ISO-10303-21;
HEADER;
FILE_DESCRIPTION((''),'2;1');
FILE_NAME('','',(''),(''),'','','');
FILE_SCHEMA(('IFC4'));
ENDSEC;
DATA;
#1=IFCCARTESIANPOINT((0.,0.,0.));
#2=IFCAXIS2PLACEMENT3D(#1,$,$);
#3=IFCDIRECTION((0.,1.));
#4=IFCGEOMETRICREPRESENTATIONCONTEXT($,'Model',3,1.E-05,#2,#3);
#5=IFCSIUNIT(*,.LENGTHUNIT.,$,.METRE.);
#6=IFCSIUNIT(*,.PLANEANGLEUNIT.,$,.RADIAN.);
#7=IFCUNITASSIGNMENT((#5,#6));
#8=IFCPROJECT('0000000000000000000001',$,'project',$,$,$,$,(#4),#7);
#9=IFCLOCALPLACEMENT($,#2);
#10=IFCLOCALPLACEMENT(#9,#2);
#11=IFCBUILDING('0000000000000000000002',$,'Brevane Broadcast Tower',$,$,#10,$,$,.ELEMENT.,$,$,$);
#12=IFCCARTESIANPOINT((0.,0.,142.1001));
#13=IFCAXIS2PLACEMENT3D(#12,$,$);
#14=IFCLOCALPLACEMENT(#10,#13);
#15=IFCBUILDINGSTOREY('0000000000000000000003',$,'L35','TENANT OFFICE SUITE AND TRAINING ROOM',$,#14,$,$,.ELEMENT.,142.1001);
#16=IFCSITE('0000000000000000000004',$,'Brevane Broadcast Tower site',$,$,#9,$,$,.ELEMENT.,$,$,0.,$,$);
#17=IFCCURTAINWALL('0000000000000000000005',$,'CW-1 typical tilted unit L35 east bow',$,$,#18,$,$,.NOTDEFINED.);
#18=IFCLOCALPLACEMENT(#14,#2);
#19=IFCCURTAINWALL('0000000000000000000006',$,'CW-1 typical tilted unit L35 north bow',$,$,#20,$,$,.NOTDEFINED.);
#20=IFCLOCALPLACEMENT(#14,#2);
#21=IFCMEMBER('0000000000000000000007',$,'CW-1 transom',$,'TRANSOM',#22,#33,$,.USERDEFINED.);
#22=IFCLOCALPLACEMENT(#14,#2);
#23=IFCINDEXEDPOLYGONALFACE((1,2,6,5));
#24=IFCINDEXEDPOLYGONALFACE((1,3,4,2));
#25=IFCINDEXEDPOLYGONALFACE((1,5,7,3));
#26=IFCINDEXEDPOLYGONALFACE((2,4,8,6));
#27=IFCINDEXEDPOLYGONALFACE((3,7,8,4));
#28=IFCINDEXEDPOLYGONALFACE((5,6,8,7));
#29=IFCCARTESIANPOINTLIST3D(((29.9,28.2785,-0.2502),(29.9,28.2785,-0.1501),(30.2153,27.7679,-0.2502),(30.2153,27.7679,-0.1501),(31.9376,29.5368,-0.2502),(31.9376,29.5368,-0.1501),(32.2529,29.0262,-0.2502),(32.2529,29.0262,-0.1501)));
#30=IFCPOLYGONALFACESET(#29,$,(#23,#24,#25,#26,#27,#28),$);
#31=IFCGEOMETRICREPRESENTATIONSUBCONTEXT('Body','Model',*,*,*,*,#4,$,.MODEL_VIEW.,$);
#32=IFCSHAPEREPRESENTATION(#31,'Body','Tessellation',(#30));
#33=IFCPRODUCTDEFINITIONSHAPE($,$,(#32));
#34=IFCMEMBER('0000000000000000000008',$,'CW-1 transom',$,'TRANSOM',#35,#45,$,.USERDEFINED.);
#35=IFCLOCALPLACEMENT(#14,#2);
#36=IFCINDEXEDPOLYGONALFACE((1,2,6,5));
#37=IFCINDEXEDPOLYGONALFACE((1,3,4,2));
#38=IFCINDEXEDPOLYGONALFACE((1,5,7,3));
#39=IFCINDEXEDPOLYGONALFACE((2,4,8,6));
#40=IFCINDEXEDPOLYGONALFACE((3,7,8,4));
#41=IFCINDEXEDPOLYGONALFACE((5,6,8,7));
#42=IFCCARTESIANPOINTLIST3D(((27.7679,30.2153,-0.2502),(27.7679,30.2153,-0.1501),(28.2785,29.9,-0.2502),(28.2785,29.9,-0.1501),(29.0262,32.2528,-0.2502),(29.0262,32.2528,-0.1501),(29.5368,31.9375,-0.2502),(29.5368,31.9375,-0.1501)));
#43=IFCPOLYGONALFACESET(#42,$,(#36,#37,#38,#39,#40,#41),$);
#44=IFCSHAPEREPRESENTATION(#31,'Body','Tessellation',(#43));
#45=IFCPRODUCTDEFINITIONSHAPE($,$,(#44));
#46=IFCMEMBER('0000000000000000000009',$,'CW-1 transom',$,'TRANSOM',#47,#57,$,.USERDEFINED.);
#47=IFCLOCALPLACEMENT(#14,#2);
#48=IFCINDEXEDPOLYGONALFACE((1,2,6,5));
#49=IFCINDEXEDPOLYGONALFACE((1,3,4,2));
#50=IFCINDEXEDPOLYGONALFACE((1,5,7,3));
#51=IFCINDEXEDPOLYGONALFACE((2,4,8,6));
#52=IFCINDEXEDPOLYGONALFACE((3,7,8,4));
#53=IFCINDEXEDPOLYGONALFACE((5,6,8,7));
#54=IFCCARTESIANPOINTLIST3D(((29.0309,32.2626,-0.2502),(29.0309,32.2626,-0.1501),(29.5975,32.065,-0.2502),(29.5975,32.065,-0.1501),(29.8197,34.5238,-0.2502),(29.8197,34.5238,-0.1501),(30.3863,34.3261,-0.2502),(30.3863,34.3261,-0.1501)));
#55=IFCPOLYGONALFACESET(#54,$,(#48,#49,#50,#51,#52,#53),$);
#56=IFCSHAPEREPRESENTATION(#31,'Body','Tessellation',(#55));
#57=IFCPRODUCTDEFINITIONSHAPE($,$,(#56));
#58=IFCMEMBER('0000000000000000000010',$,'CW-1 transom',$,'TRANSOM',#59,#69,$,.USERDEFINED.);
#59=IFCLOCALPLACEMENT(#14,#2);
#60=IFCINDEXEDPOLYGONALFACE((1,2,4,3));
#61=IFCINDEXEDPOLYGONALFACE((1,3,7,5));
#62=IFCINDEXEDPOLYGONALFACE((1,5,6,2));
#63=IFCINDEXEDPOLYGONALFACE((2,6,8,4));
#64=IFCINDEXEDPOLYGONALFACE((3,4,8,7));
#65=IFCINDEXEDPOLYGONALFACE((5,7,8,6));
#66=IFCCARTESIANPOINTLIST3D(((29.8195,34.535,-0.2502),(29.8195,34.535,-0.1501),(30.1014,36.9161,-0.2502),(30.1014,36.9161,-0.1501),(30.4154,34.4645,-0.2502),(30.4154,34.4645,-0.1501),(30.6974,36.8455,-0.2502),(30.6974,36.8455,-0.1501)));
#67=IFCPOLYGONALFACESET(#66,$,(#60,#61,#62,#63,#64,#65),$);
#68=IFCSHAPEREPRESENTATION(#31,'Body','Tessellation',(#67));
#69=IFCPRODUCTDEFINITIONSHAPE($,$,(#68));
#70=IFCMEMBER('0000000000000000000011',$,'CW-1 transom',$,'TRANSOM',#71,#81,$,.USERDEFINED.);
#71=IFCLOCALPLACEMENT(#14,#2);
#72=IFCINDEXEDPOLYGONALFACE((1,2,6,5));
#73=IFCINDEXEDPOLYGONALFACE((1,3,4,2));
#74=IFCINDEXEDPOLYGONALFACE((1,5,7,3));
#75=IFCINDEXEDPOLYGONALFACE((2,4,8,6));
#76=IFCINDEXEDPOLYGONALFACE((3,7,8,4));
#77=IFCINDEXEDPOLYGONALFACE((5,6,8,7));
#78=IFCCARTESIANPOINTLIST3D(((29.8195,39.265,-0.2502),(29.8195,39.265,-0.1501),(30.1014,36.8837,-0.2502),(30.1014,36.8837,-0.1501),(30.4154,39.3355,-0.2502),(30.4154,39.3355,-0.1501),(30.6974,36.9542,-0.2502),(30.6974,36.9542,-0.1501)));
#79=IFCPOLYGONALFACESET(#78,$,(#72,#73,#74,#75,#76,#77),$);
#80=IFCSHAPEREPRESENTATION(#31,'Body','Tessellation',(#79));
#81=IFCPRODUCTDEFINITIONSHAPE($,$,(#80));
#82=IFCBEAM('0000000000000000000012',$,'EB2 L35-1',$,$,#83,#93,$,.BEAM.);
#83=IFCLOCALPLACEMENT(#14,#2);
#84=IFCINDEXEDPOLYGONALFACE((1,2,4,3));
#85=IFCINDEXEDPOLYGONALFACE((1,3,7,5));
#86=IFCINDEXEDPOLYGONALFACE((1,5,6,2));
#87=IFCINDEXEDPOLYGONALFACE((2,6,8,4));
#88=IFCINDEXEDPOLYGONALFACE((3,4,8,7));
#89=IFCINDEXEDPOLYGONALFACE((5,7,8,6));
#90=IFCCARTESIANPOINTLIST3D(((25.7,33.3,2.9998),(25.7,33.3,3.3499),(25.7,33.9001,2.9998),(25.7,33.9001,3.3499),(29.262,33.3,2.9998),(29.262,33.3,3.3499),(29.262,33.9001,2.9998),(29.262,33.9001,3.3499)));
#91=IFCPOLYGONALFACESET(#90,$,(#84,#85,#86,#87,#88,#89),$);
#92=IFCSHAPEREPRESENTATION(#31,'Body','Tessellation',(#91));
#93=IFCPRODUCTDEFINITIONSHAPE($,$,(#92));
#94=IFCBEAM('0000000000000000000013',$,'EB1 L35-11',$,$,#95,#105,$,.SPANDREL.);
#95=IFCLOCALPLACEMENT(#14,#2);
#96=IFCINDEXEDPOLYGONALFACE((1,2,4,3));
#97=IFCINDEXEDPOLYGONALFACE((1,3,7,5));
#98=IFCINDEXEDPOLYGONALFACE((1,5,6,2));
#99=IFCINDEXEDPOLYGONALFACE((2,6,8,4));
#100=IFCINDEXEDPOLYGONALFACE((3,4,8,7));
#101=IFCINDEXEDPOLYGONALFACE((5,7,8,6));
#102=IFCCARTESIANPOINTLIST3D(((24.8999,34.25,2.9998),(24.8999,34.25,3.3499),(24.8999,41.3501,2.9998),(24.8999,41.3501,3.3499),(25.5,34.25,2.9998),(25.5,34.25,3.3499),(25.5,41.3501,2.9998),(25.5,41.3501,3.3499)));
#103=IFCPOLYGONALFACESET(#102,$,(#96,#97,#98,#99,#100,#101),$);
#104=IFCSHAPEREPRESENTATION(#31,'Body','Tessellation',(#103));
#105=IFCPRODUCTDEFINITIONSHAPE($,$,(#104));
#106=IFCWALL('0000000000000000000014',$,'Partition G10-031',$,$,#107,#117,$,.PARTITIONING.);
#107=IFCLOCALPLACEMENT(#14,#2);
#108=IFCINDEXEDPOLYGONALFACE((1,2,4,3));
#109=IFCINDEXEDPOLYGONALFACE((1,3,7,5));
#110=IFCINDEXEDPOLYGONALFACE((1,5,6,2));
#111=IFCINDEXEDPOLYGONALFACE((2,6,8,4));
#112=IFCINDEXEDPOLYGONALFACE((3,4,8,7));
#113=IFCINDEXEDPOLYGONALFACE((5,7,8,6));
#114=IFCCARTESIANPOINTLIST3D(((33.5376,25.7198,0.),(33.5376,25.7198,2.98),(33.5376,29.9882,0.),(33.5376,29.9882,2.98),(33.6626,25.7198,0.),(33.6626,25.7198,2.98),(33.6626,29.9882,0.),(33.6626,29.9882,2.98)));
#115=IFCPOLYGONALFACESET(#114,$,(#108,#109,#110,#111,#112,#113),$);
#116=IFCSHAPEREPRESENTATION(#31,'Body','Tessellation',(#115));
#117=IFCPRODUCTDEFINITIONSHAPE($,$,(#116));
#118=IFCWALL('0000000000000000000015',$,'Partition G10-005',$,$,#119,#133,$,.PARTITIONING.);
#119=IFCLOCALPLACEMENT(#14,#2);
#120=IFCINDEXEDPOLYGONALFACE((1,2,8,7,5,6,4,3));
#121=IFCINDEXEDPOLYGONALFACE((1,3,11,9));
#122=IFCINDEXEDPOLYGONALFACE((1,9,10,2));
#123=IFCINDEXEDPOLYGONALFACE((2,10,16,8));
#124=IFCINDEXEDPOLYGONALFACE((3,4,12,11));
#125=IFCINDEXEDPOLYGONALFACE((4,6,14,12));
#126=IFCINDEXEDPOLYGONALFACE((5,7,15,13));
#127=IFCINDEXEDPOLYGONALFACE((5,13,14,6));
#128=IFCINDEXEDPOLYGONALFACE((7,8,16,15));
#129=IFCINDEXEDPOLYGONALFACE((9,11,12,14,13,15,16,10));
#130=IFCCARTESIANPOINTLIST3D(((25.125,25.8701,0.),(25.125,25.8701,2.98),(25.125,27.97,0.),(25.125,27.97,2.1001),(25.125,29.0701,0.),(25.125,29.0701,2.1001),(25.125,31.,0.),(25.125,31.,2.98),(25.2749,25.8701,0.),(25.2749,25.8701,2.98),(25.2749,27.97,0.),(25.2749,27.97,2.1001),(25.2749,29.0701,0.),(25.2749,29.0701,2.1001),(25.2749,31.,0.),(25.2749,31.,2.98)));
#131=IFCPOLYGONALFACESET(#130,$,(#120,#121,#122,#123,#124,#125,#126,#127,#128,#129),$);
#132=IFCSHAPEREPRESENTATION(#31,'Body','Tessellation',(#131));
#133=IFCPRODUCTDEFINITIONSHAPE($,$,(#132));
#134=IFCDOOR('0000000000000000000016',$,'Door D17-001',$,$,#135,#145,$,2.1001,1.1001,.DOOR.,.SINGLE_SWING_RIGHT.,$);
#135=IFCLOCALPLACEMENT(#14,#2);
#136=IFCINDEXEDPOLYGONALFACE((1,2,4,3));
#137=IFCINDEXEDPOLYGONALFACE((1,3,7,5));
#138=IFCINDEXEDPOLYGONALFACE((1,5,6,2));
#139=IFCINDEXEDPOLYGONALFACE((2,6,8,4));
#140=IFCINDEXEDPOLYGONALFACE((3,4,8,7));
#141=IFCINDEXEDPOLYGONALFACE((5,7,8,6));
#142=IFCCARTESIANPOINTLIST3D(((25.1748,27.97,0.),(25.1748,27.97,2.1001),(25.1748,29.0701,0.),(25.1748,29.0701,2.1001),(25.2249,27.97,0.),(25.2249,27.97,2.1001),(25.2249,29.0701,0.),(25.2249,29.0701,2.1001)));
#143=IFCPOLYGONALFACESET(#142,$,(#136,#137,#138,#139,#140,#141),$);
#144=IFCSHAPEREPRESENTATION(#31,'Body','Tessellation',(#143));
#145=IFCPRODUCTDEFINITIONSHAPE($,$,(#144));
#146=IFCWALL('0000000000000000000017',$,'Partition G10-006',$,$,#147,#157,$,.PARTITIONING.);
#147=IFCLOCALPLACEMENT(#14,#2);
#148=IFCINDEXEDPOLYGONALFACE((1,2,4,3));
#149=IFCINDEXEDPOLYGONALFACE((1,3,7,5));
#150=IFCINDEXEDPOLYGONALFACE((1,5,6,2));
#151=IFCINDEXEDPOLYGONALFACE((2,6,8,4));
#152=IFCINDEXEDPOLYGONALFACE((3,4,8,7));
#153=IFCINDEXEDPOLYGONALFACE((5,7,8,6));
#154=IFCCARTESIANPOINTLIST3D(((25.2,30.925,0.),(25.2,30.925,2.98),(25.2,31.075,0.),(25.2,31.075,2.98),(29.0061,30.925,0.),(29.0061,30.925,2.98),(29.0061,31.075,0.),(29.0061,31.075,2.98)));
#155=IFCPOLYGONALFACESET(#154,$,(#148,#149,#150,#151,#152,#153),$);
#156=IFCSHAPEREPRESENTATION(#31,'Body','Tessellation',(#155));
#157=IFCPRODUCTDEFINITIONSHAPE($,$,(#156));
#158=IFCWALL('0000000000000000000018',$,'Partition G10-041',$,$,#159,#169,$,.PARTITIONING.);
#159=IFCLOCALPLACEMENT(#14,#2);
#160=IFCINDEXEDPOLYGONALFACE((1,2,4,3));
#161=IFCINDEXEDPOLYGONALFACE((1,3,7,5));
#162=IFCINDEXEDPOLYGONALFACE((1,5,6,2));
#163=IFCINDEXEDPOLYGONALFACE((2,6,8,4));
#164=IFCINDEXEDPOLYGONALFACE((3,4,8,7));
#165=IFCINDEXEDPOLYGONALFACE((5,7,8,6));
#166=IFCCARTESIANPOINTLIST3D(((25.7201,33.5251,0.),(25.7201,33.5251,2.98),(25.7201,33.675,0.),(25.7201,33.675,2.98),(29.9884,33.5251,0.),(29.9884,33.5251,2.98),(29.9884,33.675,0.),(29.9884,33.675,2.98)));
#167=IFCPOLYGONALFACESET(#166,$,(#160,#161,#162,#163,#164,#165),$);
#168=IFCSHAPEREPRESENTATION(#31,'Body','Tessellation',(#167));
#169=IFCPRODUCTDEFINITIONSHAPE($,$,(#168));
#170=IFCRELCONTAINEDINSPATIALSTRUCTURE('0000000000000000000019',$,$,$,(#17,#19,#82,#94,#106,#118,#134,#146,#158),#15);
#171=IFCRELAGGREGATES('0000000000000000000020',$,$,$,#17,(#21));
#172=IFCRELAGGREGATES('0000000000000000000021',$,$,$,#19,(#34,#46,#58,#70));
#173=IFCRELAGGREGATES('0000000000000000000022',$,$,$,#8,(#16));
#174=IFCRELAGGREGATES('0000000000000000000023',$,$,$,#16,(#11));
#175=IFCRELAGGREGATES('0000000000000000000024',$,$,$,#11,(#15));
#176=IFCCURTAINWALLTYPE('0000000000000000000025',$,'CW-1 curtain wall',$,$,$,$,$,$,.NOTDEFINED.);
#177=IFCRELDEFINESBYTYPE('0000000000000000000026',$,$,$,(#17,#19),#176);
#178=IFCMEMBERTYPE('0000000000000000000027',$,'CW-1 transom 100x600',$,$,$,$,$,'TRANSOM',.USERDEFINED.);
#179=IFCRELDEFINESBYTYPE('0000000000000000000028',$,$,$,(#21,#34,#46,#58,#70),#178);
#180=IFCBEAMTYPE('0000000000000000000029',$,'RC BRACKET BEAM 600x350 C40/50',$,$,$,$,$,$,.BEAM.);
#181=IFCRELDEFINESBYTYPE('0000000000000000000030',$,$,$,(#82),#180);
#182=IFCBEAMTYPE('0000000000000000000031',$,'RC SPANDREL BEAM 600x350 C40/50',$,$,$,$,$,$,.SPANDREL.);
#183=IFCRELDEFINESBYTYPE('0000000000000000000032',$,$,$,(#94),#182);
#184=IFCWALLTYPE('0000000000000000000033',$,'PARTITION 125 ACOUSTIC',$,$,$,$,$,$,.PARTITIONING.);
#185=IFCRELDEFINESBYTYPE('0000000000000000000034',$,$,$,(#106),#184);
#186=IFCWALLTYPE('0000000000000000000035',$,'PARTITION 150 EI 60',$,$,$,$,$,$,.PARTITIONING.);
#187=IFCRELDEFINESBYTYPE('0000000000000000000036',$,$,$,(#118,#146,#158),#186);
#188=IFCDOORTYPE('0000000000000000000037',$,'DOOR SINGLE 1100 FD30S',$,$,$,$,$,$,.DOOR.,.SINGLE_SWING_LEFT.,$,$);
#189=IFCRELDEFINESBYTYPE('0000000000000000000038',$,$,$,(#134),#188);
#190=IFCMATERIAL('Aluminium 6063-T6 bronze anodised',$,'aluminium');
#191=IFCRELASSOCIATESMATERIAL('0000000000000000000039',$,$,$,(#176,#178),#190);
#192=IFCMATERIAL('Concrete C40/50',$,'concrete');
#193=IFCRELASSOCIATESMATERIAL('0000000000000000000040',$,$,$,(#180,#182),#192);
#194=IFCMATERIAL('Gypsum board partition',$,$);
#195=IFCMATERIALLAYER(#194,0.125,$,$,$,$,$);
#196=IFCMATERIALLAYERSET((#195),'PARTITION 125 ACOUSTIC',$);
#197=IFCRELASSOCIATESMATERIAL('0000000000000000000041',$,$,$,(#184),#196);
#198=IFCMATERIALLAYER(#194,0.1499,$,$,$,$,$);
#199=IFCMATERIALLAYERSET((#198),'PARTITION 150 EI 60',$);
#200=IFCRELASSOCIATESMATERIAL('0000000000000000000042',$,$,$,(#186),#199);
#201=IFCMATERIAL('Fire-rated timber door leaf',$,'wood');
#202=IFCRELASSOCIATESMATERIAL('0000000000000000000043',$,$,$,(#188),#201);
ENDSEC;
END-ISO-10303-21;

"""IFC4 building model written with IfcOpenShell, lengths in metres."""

from ifc_helpers import new_model, si_unit, direction, frame, frame_2d, origin, origin_2d, place, context, subcontext, project, spatial, polyline, rectangle, outline, extrude, material, layer, layer_set, material_profile, profile_set, type_object, element, fill, aggregate, save


model = new_model("IFC4")

# Units and contexts
model_context = context("Model", 3, precision=1e-05, world=origin(), true_north=direction((0.0, 1.0)))
body_context = subcontext(model_context, "Body", "Model", "MODEL_VIEW")
ifc_project = project(units=[si_unit("LENGTHUNIT", "METRE"), si_unit("PLANEANGLEUNIT", "RADIAN")], contexts=[model_context])

# Site, building, storey
site_placement = place(None, origin())
site = spatial("IfcSite", under=ifc_project, at=site_placement, Name="Brevane Broadcast Tower site", CompositionType="ELEMENT", RefElevation=0.0)
building_placement = place(site_placement, origin())
building = spatial("IfcBuilding", under=site, at=building_placement, Name="Brevane Broadcast Tower", CompositionType="ELEMENT")
storey_placement = place(building_placement, frame((0.0, 0.0, 142.1001)))
storey = spatial("IfcBuildingStorey", under=building, at=storey_placement, Name="L35", Description="TENANT OFFICE SUITE AND TRAINING ROOM", CompositionType="ELEMENT", Elevation=142.1001)

# Curtain walls
ifc_material_1 = material(Name="Aluminium 6063-T6 bronze anodised", Category="aluminium")
curtain_wall_type = type_object("IfcCurtainWallType", Name="CW-1 curtain wall", PredefinedType="NOTDEFINED", material=ifc_material_1)
curtain_wall_1_placement = place(storey_placement, origin())
curtain_wall_1 = element("IfcCurtainWall", 1, at=curtain_wall_1_placement, inside=storey, type_object=curtain_wall_type, Name="CW-1 typical tilted unit L35 east bow", PredefinedType="NOTDEFINED")
curtain_wall_2_placement = place(storey_placement, origin())
curtain_wall_2 = element("IfcCurtainWall", 2, at=curtain_wall_2_placement, inside=storey, type_object=curtain_wall_type, Name="CW-1 typical tilted unit L35 north bow", PredefinedType="NOTDEFINED")

# Members
ifc_material_profile_1 = material_profile(ifc_material_1, rectangle(XDim=0.6001, YDim=0.1001, at=origin_2d()), Name="RECT 100x600")
ifc_profile_set_1 = profile_set([ifc_material_profile_1], Name="Aluminium 6063-T6 bronze anodised")
member_type_1 = type_object("IfcMemberType", Name="CW-1 transom 100x600", ElementType="TRANSOM", PredefinedType="USERDEFINED", material=ifc_profile_set_1)
member_1_placement = place(storey_placement, frame((32.0952, 29.2815, -0.2002), z_axis=(-0.850838, -0.525428, 0.0), x_axis=(0.525428, -0.850838, 0.0)))
member_1 = element("IfcMember", 3, at=member_1_placement, type_object=member_type_1, Name="CW-1 transom", ObjectType="TRANSOM", PredefinedType="USERDEFINED", context=body_context, shape_type="SweptSolid", body=[
    extrude(rectangle(XDim=0.6001, YDim=0.1001, at=origin_2d()), origin(), (0.0, 0.0, 1.0), 2.3948),
])
aggregate(curtain_wall_1, [member_1])
member_2_placement = place(storey_placement, frame((28.0232, 30.0576, -0.2002), z_axis=(0.525428, 0.850838, 0.0), x_axis=(-0.850838, 0.525428, 0.0)))
member_2 = element("IfcMember", 4, at=member_2_placement, type_object=member_type_1, Name="CW-1 transom", ObjectType="TRANSOM", PredefinedType="USERDEFINED", context=body_context, shape_type="SweptSolid", body=[
    extrude(rectangle(XDim=0.6001, YDim=0.1001, at=origin_2d()), origin(), (0.0, 0.0, 1.0), 2.3948),
])
member_3_placement = place(storey_placement, frame((29.3142, 32.1638, -0.2002), z_axis=(0.329378, 0.944198, 0.0), x_axis=(-0.944198, 0.329378, 0.0)))
member_3 = element("IfcMember", 5, at=member_3_placement, type_object=member_type_1, Name="CW-1 transom", ObjectType="TRANSOM", PredefinedType="USERDEFINED", context=body_context, shape_type="SweptSolid", body=[
    extrude(rectangle(XDim=0.6001, YDim=0.1001, at=origin_2d()), origin(), (0.0, 0.0, 1.0), 2.3948),
])
member_4_placement = place(storey_placement, frame((30.1174, 34.4998, -0.2002), z_axis=(0.117603, 0.993061, 0.0), x_axis=(-0.993061, 0.117603, 0.0)))
member_4 = element("IfcMember", 6, at=member_4_placement, type_object=member_type_1, Name="CW-1 transom", ObjectType="TRANSOM", PredefinedType="USERDEFINED", context=body_context, shape_type="SweptSolid", body=[
    extrude(rectangle(XDim=0.6001, YDim=0.1001, at=origin_2d()), origin(), (0.0, 0.0, 1.0), 2.3977),
])
member_5_placement = place(storey_placement, frame((30.3994, 36.9189, -0.2002), z_axis=(-0.117591, 0.993062, 0.0), x_axis=(-0.993062, -0.117591, 0.0)))
member_5 = element("IfcMember", 7, at=member_5_placement, type_object=member_type_1, Name="CW-1 transom", ObjectType="TRANSOM", PredefinedType="USERDEFINED", context=body_context, shape_type="SweptSolid", body=[
    extrude(rectangle(XDim=0.6001, YDim=0.1001, at=origin_2d()), origin(), (0.0, 0.0, 1.0), 2.3979),
])
aggregate(curtain_wall_2, [member_2, member_3, member_4, member_5])

# Beams
ifc_material_2 = material(Name="Concrete C40/50", Category="concrete")
ifc_material_profile_2 = material_profile(ifc_material_2, rectangle(XDim=0.6001, YDim=0.3501, at=origin_2d()), Name="RC 600x350")
ifc_profile_set_2 = profile_set([ifc_material_profile_2], Name="Concrete C40/50")
beam_type_1 = type_object("IfcBeamType", Name="RC BRACKET BEAM 600x350 C40/50", PredefinedType="BEAM", material=ifc_profile_set_2)
beam_1_placement = place(storey_placement, frame((25.7, 33.6001, 3.1748), z_axis=(1.0, 0.0, 0.0), x_axis=(0.0, 1.0, 0.0)))
element("IfcBeam", 8, at=beam_1_placement, inside=storey, type_object=beam_type_1, Name="EB2 L35-1", PredefinedType="BEAM", context=body_context, shape_type="SweptSolid", body=[
    extrude(rectangle(XDim=0.6001, YDim=0.3501, at=origin_2d()), origin(), (0.0, 0.0, 1.0), 3.562),
])
ifc_material_profile_3 = material_profile(ifc_material_2, rectangle(XDim=0.6001, YDim=0.3501, at=origin_2d()), Name="RC 600x350")
ifc_profile_set_3 = profile_set([ifc_material_profile_3], Name="Concrete C40/50")
beam_type_2 = type_object("IfcBeamType", Name="RC SPANDREL BEAM 600x350 C40/50", PredefinedType="SPANDREL", material=ifc_profile_set_3)
beam_2_placement = place(storey_placement, frame((25.2, 34.25, 3.1748), z_axis=(0.0, 1.0, 0.0), x_axis=(-1.0, 0.0, 0.0)))
element("IfcBeam", 9, at=beam_2_placement, inside=storey, type_object=beam_type_2, Name="EB1 L35-11", PredefinedType="SPANDREL", context=body_context, shape_type="SweptSolid", body=[
    extrude(rectangle(XDim=0.6001, YDim=0.3501, at=origin_2d()), origin(), (0.0, 0.0, 1.0), 7.1001),
])

# Wall
ifc_material_3 = material(Name="Gypsum board partition")
ifc_layer_1 = layer(ifc_material_3, 0.125)
ifc_layer_set_1 = layer_set([ifc_layer_1], Name="PARTITION 125 ACOUSTIC")
wall_type_1 = type_object("IfcWallType", Name="PARTITION 125 ACOUSTIC", PredefinedType="PARTITIONING", material=ifc_layer_set_1)
wall_1_placement = place(storey_placement, frame((33.6001, 29.9883, 0.0), z_axis=(0.0, 0.0, 1.0), x_axis=(0.0, -1.0, 0.0)))
element("IfcWall", 10, at=wall_1_placement, inside=storey, type_object=wall_type_1, Name="Partition G10-031", PredefinedType="PARTITIONING", context=body_context, shape_type="SweptSolid", body=[
    extrude(rectangle(XDim=4.2683, YDim=0.125, at=frame_2d((2.1343, 0.0))), origin(), (0.0, 0.0, 1.0), 2.98),
])

# Wall, opening, door
ifc_layer_2 = layer(ifc_material_3, 0.1499)
ifc_layer_set_2 = layer_set([ifc_layer_2], Name="PARTITION 150 EI 60")
wall_type_2 = type_object("IfcWallType", Name="PARTITION 150 EI 60", PredefinedType="PARTITIONING", material=ifc_layer_set_2)
wall_2_placement = place(storey_placement, frame((25.2, 31.0, 0.0), z_axis=(0.0, 0.0, 1.0), x_axis=(0.0, -1.0, 0.0)))
wall_2 = element("IfcWall", 11, at=wall_2_placement, inside=storey, type_object=wall_type_2, Name="Partition G10-005", PredefinedType="PARTITIONING", context=body_context, shape_type="SweptSolid", body=[
    extrude(outline(polyline([(0.0, 0.0), (5.1299, 0.0), (5.1299, 2.98), (0.0, 2.98), (0.0, 0.0)])), frame((0.0, 0.075, 0.0), z_axis=(0.0, -1.0, 0.0), x_axis=(1.0, 0.0, 0.0)), (0.0, 0.0, 1.0), 0.1499),
])
opening_placement = place(wall_2_placement, frame((1.9299, 0.0, 0.0)))
opening = element("IfcOpeningElement", 12, at=opening_placement, cuts=wall_2, PredefinedType="OPENING", context=body_context, shape_type="SweptSolid", body=[
    extrude(rectangle(XDim=1.1001, YDim=2.1001, at=frame_2d((0.55, 1.05))), frame((0.0, 0.085, 0.0), z_axis=(0.0, -1.0, 0.0), x_axis=(1.0, 0.0, 0.0)), (0.0, 0.0, 1.0), 0.1699),
])
ifc_material_4 = material(Name="Fire-rated timber door leaf", Category="wood")
door_type = type_object("IfcDoorType", Name="DOOR SINGLE 1100 FD30S", OperationType="SINGLE_SWING_LEFT", PredefinedType="DOOR", material=ifc_material_4)
door_placement = place(opening_placement, origin())
door = element("IfcDoor", 13, at=door_placement, inside=storey, type_object=door_type, Name="Door D17-001", OperationType="SINGLE_SWING_RIGHT", OverallHeight=2.1001, OverallWidth=1.1001, PredefinedType="DOOR", context=body_context, shape_type="SweptSolid", body=[
    extrude(rectangle(XDim=1.1001, YDim=2.1001, at=frame_2d((0.55, 1.05))), frame((0.0, 0.0249, 0.0), z_axis=(0.0, -1.0, 0.0), x_axis=(1.0, 0.0, 0.0)), (0.0, 0.0, 1.0), 0.05),
])
fill(opening, door)

# Walls
wall_3_placement = place(storey_placement, frame((25.2, 31.0, 0.0), z_axis=(0.0, 0.0, 1.0), x_axis=(1.0, 0.0, 0.0)))
element("IfcWall", 14, at=wall_3_placement, inside=storey, type_object=wall_type_2, Name="Partition G10-006", PredefinedType="PARTITIONING", context=body_context, shape_type="SweptSolid", body=[
    extrude(rectangle(XDim=3.8062, YDim=0.1499, at=frame_2d((1.9031, 0.0))), origin(), (0.0, 0.0, 1.0), 2.98),
])
wall_4_placement = place(storey_placement, frame((25.72, 33.6001, 0.0), z_axis=(0.0, 0.0, 1.0), x_axis=(1.0, 0.0, 0.0)))
element("IfcWall", 15, at=wall_4_placement, inside=storey, type_object=wall_type_2, Name="Partition G10-041", PredefinedType="PARTITIONING", context=body_context, shape_type="SweptSolid", body=[
    extrude(rectangle(XDim=4.2683, YDim=0.1499, at=frame_2d((2.1343, 0.0))), origin(), (0.0, 0.0, 1.0), 2.98),
])

save(model, "model.ifc")
